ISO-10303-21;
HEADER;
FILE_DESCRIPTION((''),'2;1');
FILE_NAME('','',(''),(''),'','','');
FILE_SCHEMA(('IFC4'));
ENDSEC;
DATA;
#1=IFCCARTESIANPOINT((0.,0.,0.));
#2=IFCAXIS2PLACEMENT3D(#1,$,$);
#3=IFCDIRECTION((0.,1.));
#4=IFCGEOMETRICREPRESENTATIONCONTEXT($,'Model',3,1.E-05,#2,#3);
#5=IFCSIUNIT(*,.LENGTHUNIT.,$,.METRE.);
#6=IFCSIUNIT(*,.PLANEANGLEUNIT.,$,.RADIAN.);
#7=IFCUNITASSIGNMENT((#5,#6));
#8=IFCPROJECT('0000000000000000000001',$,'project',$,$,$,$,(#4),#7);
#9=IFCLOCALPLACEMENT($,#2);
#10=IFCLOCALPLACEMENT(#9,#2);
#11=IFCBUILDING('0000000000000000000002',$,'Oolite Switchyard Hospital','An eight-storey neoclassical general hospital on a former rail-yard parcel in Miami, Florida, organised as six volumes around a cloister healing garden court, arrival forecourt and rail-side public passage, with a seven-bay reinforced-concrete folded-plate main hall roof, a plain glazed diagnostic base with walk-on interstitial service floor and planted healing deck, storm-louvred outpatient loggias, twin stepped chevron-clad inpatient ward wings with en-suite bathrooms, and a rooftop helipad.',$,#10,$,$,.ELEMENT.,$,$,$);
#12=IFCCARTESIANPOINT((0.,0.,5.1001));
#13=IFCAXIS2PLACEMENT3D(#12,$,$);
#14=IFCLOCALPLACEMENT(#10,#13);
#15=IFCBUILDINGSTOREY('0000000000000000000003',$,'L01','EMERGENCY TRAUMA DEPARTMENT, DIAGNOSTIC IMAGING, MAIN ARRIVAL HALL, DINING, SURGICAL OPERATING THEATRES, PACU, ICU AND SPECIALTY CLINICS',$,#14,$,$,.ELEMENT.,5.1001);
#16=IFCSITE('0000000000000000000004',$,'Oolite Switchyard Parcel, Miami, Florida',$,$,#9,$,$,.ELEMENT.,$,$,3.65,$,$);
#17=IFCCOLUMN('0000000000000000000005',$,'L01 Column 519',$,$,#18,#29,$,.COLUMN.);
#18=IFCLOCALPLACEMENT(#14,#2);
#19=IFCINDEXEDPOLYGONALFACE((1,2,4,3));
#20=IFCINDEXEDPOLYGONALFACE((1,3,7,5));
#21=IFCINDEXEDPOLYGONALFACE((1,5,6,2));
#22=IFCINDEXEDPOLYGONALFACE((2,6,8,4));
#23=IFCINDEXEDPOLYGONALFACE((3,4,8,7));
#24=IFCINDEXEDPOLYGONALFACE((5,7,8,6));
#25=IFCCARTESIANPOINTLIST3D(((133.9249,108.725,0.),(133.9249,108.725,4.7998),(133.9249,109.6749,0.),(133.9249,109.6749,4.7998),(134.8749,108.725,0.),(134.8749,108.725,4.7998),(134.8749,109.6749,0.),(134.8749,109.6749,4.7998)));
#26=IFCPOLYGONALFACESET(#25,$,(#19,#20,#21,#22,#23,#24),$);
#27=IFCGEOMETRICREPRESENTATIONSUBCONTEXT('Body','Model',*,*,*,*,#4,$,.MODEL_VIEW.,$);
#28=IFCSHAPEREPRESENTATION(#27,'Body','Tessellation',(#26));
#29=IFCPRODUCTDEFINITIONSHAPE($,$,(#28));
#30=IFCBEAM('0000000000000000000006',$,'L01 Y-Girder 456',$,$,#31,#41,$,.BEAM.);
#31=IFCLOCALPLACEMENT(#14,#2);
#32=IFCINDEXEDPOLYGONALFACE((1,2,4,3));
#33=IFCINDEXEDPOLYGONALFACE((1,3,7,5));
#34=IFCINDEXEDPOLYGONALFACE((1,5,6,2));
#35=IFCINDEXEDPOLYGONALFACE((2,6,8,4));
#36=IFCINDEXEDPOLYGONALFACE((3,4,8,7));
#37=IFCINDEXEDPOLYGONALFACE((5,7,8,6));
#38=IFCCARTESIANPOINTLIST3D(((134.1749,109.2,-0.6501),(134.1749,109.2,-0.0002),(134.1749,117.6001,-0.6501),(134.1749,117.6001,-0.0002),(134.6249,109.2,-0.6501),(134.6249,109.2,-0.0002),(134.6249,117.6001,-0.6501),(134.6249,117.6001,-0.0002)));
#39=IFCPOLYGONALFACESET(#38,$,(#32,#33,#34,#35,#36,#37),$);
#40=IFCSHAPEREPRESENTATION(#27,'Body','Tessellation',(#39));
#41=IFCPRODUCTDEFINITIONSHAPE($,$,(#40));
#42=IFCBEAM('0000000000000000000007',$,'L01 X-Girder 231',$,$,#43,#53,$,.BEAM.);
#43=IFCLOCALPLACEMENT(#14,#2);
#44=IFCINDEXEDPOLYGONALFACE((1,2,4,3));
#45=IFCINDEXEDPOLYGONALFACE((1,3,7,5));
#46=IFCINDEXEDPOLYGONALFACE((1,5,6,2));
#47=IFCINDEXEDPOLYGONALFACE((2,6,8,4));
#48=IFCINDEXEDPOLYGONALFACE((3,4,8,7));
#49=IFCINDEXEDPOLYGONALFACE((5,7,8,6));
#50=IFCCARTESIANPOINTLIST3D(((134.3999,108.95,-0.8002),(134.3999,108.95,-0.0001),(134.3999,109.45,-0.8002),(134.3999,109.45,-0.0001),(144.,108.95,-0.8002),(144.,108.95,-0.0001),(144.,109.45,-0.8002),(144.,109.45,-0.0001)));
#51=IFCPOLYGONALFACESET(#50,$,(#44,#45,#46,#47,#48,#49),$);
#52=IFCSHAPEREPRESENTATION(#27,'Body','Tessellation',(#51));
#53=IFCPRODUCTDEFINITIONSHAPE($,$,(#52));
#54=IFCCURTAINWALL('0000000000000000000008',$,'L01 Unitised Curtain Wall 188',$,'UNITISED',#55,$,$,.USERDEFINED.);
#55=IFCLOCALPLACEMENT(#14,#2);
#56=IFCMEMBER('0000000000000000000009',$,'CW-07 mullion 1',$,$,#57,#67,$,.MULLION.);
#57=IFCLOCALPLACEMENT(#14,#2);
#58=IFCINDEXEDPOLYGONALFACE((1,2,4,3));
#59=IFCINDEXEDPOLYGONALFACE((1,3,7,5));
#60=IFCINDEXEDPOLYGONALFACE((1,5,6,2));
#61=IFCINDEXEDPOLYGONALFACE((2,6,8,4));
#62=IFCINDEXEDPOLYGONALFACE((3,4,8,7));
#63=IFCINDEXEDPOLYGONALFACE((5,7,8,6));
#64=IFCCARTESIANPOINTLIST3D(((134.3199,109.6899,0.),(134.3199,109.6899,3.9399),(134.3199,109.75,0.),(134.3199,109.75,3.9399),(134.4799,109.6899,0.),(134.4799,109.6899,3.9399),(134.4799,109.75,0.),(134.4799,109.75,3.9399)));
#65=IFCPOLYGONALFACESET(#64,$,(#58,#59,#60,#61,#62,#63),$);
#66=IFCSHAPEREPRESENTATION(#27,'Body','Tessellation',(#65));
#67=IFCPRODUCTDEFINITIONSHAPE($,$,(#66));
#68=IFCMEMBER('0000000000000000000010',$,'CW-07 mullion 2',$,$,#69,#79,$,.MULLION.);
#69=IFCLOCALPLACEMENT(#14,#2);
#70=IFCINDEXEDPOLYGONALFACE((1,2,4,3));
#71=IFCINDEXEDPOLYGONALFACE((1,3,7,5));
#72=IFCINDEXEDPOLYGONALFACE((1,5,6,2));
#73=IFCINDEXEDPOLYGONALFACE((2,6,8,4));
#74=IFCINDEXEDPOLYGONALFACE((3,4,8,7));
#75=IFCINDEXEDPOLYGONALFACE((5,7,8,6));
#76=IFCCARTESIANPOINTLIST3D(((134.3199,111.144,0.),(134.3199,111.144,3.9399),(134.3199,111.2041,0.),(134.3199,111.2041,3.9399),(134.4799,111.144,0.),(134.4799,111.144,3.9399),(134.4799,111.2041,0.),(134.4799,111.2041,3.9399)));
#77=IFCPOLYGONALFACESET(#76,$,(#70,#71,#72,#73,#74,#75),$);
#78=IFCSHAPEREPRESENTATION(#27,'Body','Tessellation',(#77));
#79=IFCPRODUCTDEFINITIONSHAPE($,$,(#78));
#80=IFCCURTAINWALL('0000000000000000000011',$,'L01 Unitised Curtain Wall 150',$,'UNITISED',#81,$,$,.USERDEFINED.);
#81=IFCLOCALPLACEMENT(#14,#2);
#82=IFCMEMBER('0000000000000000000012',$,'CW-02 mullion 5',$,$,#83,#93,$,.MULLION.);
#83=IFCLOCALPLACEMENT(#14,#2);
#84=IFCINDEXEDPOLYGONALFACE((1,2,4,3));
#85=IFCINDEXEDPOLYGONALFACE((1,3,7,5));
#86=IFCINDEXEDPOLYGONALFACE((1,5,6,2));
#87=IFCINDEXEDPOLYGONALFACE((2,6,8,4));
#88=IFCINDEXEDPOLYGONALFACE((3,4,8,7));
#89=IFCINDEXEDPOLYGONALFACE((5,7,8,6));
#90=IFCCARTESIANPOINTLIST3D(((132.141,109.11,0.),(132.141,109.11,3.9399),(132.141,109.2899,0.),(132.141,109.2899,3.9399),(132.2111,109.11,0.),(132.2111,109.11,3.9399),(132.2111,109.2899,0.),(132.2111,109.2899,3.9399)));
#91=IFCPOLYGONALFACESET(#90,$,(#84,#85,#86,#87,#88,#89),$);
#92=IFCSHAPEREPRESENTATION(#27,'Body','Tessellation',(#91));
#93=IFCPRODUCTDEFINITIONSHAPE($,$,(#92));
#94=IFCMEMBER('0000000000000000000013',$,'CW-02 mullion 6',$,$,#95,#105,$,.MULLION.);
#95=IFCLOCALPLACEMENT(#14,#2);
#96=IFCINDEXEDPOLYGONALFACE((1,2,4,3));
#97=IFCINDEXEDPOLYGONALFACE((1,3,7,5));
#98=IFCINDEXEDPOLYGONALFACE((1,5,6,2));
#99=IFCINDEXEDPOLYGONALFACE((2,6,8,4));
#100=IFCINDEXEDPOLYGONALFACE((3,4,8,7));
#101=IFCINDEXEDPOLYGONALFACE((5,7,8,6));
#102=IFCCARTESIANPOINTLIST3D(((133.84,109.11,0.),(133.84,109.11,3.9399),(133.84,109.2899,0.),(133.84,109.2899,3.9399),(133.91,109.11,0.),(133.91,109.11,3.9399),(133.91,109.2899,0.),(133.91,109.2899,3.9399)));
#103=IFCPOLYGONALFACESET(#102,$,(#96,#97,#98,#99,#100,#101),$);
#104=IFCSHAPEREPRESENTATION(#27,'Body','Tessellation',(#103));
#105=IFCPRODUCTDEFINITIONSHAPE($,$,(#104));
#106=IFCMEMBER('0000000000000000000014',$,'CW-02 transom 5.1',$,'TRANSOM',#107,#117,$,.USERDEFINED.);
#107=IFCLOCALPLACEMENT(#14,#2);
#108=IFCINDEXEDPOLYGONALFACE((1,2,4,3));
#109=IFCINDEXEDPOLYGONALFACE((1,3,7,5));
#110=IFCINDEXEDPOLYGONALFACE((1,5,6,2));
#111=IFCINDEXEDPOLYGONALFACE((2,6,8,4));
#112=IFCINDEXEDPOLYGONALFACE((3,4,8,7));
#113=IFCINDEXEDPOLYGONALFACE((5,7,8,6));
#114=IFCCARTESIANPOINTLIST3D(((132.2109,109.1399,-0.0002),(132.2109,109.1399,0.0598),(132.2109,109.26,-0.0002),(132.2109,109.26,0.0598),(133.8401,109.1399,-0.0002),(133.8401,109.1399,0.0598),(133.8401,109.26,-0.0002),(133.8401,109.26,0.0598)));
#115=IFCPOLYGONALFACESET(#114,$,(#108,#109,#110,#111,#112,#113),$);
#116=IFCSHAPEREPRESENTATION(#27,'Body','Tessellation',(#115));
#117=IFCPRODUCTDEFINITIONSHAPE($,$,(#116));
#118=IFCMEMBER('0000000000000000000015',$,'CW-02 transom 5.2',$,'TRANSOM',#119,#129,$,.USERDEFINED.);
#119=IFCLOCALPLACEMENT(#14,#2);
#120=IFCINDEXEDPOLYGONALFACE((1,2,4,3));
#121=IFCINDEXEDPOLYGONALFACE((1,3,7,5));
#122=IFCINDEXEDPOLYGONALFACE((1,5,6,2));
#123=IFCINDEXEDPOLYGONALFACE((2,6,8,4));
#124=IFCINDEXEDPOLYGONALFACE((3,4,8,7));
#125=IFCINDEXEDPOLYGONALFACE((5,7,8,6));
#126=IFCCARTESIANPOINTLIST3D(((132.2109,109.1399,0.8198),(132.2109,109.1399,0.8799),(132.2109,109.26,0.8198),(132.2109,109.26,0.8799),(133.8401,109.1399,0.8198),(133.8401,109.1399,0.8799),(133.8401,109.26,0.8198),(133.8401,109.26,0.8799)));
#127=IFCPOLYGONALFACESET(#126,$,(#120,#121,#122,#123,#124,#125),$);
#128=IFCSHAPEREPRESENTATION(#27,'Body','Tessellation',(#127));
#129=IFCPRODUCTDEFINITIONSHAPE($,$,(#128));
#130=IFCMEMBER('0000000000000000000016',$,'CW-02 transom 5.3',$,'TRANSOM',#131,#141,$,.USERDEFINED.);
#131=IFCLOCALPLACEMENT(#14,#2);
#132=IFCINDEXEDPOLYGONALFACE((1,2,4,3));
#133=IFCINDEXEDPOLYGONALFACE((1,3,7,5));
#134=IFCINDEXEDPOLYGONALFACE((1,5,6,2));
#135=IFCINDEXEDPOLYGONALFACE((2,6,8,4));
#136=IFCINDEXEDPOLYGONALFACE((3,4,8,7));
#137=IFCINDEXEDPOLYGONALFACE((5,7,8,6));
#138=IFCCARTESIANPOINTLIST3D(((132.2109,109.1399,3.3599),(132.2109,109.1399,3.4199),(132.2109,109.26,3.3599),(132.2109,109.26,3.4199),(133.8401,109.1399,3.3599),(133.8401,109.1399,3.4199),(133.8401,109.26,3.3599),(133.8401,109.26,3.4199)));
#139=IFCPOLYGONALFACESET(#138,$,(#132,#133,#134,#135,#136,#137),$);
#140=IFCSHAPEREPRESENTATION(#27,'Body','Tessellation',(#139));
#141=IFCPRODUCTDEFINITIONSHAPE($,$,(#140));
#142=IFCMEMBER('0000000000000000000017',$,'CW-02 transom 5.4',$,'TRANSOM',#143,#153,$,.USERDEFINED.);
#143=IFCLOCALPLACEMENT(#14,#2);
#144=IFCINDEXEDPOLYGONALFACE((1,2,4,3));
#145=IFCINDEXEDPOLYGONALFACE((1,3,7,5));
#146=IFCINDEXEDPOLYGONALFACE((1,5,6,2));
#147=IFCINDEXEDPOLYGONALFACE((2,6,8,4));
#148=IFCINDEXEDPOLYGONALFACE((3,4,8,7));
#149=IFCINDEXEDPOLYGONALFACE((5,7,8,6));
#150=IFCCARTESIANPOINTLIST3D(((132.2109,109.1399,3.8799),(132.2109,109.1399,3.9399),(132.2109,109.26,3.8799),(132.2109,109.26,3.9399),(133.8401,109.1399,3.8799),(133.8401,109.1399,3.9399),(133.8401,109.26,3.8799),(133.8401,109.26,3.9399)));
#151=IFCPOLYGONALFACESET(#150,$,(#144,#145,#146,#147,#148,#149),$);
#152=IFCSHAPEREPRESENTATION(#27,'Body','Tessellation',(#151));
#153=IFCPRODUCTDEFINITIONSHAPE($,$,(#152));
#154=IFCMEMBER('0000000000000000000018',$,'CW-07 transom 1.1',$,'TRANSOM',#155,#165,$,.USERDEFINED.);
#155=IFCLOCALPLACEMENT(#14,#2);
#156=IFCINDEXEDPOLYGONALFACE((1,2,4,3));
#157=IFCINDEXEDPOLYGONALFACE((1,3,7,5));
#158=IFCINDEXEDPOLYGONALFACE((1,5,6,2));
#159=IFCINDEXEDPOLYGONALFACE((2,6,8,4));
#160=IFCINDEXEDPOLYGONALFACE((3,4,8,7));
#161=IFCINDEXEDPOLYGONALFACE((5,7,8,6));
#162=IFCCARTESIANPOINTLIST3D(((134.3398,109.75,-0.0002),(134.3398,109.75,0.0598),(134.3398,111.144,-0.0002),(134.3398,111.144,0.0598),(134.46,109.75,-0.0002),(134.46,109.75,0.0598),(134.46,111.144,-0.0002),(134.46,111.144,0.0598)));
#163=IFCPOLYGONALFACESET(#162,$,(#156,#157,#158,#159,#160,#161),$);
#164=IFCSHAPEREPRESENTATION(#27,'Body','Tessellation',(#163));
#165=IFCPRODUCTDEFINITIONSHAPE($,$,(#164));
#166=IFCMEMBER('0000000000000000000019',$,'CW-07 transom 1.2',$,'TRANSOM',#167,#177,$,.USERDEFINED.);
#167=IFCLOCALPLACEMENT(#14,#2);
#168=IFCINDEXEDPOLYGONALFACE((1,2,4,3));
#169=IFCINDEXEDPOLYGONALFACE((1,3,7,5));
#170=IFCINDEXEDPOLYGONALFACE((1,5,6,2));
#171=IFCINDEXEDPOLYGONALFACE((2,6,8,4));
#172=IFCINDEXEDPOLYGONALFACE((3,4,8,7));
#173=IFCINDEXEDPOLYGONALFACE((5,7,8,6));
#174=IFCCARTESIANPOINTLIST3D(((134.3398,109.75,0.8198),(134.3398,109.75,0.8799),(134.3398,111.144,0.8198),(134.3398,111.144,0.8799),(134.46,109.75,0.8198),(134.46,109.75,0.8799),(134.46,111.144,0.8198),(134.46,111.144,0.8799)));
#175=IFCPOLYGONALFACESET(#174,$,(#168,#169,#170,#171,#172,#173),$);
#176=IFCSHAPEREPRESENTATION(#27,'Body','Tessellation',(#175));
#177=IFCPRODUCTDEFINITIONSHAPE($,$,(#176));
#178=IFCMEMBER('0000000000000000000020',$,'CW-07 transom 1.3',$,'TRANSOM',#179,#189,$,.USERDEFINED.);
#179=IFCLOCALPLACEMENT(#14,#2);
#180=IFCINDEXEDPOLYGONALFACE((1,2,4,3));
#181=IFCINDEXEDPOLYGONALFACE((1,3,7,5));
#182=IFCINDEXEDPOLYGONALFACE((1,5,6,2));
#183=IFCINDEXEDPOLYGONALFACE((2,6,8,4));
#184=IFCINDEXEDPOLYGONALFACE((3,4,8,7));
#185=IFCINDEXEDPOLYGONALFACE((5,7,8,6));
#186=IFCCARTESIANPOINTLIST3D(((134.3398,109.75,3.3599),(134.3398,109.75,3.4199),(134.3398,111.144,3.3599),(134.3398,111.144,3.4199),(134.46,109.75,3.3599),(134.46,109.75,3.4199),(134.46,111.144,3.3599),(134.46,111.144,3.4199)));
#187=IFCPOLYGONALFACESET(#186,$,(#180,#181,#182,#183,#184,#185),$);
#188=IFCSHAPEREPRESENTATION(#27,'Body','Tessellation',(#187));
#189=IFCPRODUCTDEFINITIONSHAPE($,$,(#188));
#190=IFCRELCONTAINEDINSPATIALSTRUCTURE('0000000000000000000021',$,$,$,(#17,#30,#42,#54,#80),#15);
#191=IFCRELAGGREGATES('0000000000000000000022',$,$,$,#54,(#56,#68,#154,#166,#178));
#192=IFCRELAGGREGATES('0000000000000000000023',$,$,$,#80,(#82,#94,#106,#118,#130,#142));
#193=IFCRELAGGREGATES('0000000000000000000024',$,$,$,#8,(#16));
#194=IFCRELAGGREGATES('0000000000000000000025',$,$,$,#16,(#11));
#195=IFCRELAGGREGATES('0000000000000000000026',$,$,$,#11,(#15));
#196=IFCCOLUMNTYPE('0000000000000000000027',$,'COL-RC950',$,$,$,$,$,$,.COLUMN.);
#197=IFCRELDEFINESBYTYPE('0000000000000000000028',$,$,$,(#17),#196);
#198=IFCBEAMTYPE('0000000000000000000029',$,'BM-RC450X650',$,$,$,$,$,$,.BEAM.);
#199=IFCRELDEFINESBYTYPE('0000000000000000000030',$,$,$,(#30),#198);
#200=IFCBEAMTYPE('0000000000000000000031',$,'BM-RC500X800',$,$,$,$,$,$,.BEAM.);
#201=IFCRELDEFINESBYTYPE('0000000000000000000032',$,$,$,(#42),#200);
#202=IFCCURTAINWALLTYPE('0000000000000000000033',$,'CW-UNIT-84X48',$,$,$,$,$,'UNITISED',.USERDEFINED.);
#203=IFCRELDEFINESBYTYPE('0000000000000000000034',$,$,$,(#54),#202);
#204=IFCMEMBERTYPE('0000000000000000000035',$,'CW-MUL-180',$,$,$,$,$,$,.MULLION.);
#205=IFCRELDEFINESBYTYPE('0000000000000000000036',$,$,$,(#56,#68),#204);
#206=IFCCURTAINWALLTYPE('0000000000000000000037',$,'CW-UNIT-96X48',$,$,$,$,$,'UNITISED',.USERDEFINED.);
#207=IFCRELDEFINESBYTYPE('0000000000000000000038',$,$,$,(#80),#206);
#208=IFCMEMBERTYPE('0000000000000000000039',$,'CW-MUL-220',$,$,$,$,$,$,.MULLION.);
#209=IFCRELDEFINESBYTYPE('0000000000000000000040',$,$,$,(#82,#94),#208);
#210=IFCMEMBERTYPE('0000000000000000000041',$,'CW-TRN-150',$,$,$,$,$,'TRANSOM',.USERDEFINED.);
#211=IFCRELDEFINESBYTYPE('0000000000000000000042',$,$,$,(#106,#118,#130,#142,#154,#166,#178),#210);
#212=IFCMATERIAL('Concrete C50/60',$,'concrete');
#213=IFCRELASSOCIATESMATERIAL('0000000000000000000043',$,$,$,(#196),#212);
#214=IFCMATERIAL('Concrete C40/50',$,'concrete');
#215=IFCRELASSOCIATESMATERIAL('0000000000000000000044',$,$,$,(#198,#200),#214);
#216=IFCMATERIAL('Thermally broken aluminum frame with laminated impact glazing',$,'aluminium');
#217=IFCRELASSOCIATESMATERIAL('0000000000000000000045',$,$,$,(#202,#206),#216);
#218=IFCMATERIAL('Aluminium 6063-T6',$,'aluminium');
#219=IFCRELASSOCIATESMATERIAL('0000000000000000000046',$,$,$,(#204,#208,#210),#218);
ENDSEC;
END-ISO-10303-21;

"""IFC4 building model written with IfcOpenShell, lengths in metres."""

from ifc_helpers import new_model, si_unit, direction, frame, origin, origin_2d, place, context, subcontext, project, spatial, rectangle, extrude, material, material_profile, profile_set, type_object, element, aggregate, save


model = new_model("IFC4")

# Units and contexts
model_context = context("Model", 3, precision=1e-05, world=origin(), true_north=direction((0.0, 1.0)))
body_context = subcontext(model_context, "Body", "Model", "MODEL_VIEW")
ifc_project = project(units=[si_unit("LENGTHUNIT", "METRE"), si_unit("PLANEANGLEUNIT", "RADIAN")], contexts=[model_context])

# Site, building, storey
site_placement = place(None, origin())
site = spatial("IfcSite", under=ifc_project, at=site_placement, Name="Oolite Switchyard Parcel, Miami, Florida", CompositionType="ELEMENT", RefElevation=3.65)
building_placement = place(site_placement, origin())
building = spatial("IfcBuilding", under=site, at=building_placement, Name="Oolite Switchyard Hospital", Description="An eight-storey neoclassical general hospital on a former rail-yard parcel in Miami, Florida, organised as six volumes around a cloister healing garden court, arrival forecourt and rail-side public passage, with a seven-bay reinforced-concrete folded-plate main hall roof, a plain glazed diagnostic base with walk-on interstitial service floor and planted healing deck, storm-louvred outpatient loggias, twin stepped chevron-clad inpatient ward wings with en-suite bathrooms, and a rooftop helipad.", CompositionType="ELEMENT")
storey_placement = place(building_placement, frame((0.0, 0.0, 5.1001)))
storey = spatial("IfcBuildingStorey", under=building, at=storey_placement, Name="L01", Description="EMERGENCY TRAUMA DEPARTMENT, DIAGNOSTIC IMAGING, MAIN ARRIVAL HALL, DINING, SURGICAL OPERATING THEATRES, PACU, ICU AND SPECIALTY CLINICS", CompositionType="ELEMENT", Elevation=5.1001)

# Column
ifc_material_1 = material(Name="Concrete C50/60", Category="concrete")
ifc_material_profile_1 = material_profile(ifc_material_1, rectangle(XDim=0.95, YDim=0.95, at=origin_2d()), Name="RC950X950")
ifc_profile_set_1 = profile_set([ifc_material_profile_1], Name="Concrete C50/60")
column_type = type_object("IfcColumnType", Name="COL-RC950", PredefinedType="COLUMN", material=ifc_profile_set_1)
column_placement = place(storey_placement, frame((134.3999, 109.2, 0.0), z_axis=(0.0, 0.0, 1.0), x_axis=(1.0, 0.0, 0.0)))
element("IfcColumn", 1, at=column_placement, inside=storey, type_object=column_type, Name="L01 Column 519", PredefinedType="COLUMN", context=body_context, shape_type="SweptSolid", body=[
    extrude(rectangle(XDim=0.95, YDim=0.95, at=origin_2d()), origin(), (0.0, 0.0, 1.0), 4.7998),
])

# Beams
ifc_material_2 = material(Name="Concrete C40/50", Category="concrete")
ifc_material_profile_2 = material_profile(ifc_material_2, rectangle(XDim=0.45, YDim=0.6499, at=origin_2d()), Name="RCB450X650")
ifc_profile_set_2 = profile_set([ifc_material_profile_2], Name="Concrete C40/50")
beam_type_1 = type_object("IfcBeamType", Name="BM-RC450X650", PredefinedType="BEAM", material=ifc_profile_set_2)
beam_1_placement = place(storey_placement, frame((134.3999, 109.2, -0.3252), z_axis=(0.0, 1.0, 0.0), x_axis=(-1.0, 0.0, 0.0)))
element("IfcBeam", 2, at=beam_1_placement, inside=storey, type_object=beam_type_1, Name="L01 Y-Girder 456", PredefinedType="BEAM", context=body_context, shape_type="SweptSolid", body=[
    extrude(rectangle(XDim=0.45, YDim=0.6499, at=origin_2d()), origin(), (0.0, 0.0, 1.0), 8.4001),
])
ifc_material_profile_3 = material_profile(ifc_material_2, rectangle(XDim=0.5, YDim=0.8, at=origin_2d()), Name="RCB500X800")
ifc_profile_set_3 = profile_set([ifc_material_profile_3], Name="Concrete C40/50")
beam_type_2 = type_object("IfcBeamType", Name="BM-RC500X800", PredefinedType="BEAM", material=ifc_profile_set_3)
beam_2_placement = place(storey_placement, frame((134.3999, 109.2, -0.4001), z_axis=(1.0, 0.0, 0.0), x_axis=(0.0, 1.0, 0.0)))
element("IfcBeam", 3, at=beam_2_placement, inside=storey, type_object=beam_type_2, Name="L01 X-Girder 231", PredefinedType="BEAM", context=body_context, shape_type="SweptSolid", body=[
    extrude(rectangle(XDim=0.5, YDim=0.8, at=origin_2d()), origin(), (0.0, 0.0, 1.0), 9.6001),
])

# Curtain walls, members
ifc_material_3 = material(Name="Thermally broken aluminum frame with laminated impact glazing", Category="aluminium")
curtain_wall_type_1 = type_object("IfcCurtainWallType", Name="CW-UNIT-84X48", ElementType="UNITISED", PredefinedType="USERDEFINED", material=ifc_material_3)
curtain_wall_1_placement = place(storey_placement, origin())
curtain_wall_1 = element("IfcCurtainWall", 4, at=curtain_wall_1_placement, inside=storey, type_object=curtain_wall_type_1, Name="L01 Unitised Curtain Wall 188", ObjectType="UNITISED", PredefinedType="USERDEFINED")
ifc_material_4 = material(Name="Aluminium 6063-T6", Category="aluminium")
ifc_material_profile_4 = material_profile(ifc_material_4, rectangle(XDim=0.1599, YDim=0.0601, at=origin_2d()), Name="CWM60X160")
ifc_profile_set_4 = profile_set([ifc_material_profile_4], Name="Aluminium 6063-T6")
member_type_1 = type_object("IfcMemberType", Name="CW-MUL-180", PredefinedType="MULLION", material=ifc_profile_set_4)
member_1_placement = place(storey_placement, frame((134.3999, 109.72, 0.0), z_axis=(0.0, 0.0, 1.0), x_axis=(-1.0, 0.0, 0.0)))
member_1 = element("IfcMember", 5, at=member_1_placement, type_object=member_type_1, Name="CW-07 mullion 1", PredefinedType="MULLION", context=body_context, shape_type="SweptSolid", body=[
    extrude(rectangle(XDim=0.1599, YDim=0.0601, at=origin_2d()), origin(), (0.0, 0.0, 1.0), 3.9399),
])
member_2_placement = place(storey_placement, frame((134.3999, 111.1741, 0.0), z_axis=(0.0, 0.0, 1.0), x_axis=(-1.0, 0.0, 0.0)))
member_2 = element("IfcMember", 6, at=member_2_placement, type_object=member_type_1, Name="CW-07 mullion 2", PredefinedType="MULLION", context=body_context, shape_type="SweptSolid", body=[
    extrude(rectangle(XDim=0.1599, YDim=0.0601, at=origin_2d()), origin(), (0.0, 0.0, 1.0), 3.9399),
])
curtain_wall_type_2 = type_object("IfcCurtainWallType", Name="CW-UNIT-96X48", ElementType="UNITISED", PredefinedType="USERDEFINED", material=ifc_material_3)
curtain_wall_2_placement = place(storey_placement, origin())
curtain_wall_2 = element("IfcCurtainWall", 7, at=curtain_wall_2_placement, inside=storey, type_object=curtain_wall_type_2, Name="L01 Unitised Curtain Wall 150", ObjectType="UNITISED", PredefinedType="USERDEFINED")
ifc_material_profile_5 = material_profile(ifc_material_4, rectangle(XDim=0.1799, YDim=0.0701, at=origin_2d()), Name="CWM70X180")
ifc_profile_set_5 = profile_set([ifc_material_profile_5], Name="Aluminium 6063-T6")
member_type_2 = type_object("IfcMemberType", Name="CW-MUL-220", PredefinedType="MULLION", material=ifc_profile_set_5)
member_3_placement = place(storey_placement, frame((132.176, 109.2, 0.0), z_axis=(0.0, 0.0, 1.0), x_axis=(0.0, 1.0, 0.0)))
member_3 = element("IfcMember", 8, at=member_3_placement, type_object=member_type_2, Name="CW-02 mullion 5", PredefinedType="MULLION", context=body_context, shape_type="SweptSolid", body=[
    extrude(rectangle(XDim=0.1799, YDim=0.0701, at=origin_2d()), origin(), (0.0, 0.0, 1.0), 3.9399),
])
member_4_placement = place(storey_placement, frame((133.875, 109.2, 0.0), z_axis=(0.0, 0.0, 1.0), x_axis=(0.0, 1.0, 0.0)))
member_4 = element("IfcMember", 9, at=member_4_placement, type_object=member_type_2, Name="CW-02 mullion 6", PredefinedType="MULLION", context=body_context, shape_type="SweptSolid", body=[
    extrude(rectangle(XDim=0.1799, YDim=0.0701, at=origin_2d()), origin(), (0.0, 0.0, 1.0), 3.9399),
])
ifc_material_profile_6 = material_profile(ifc_material_4, rectangle(XDim=0.1201, YDim=0.0601, at=origin_2d()), Name="CWT60X120")
ifc_profile_set_6 = profile_set([ifc_material_profile_6], Name="Aluminium 6063-T6")
member_type_3 = type_object("IfcMemberType", Name="CW-TRN-150", ElementType="TRANSOM", PredefinedType="USERDEFINED", material=ifc_profile_set_6)
member_5_placement = place(storey_placement, frame((132.2109, 109.2, 0.0298), z_axis=(1.0, 0.0, 0.0), x_axis=(0.0, 1.0, 0.0)))
member_5 = element("IfcMember", 10, at=member_5_placement, type_object=member_type_3, Name="CW-02 transom 5.1", ObjectType="TRANSOM", PredefinedType="USERDEFINED", context=body_context, shape_type="SweptSolid", body=[
    extrude(rectangle(XDim=0.1201, YDim=0.0601, at=origin_2d()), origin(), (0.0, 0.0, 1.0), 1.6292),
])
member_6_placement = place(storey_placement, frame((132.2109, 109.2, 0.8499), z_axis=(1.0, 0.0, 0.0), x_axis=(0.0, 1.0, 0.0)))
member_6 = element("IfcMember", 11, at=member_6_placement, type_object=member_type_3, Name="CW-02 transom 5.2", ObjectType="TRANSOM", PredefinedType="USERDEFINED", context=body_context, shape_type="SweptSolid", body=[
    extrude(rectangle(XDim=0.1201, YDim=0.0601, at=origin_2d()), origin(), (0.0, 0.0, 1.0), 1.6292),
])
member_7_placement = place(storey_placement, frame((132.2109, 109.2, 3.3899), z_axis=(1.0, 0.0, 0.0), x_axis=(0.0, 1.0, 0.0)))
member_7 = element("IfcMember", 12, at=member_7_placement, type_object=member_type_3, Name="CW-02 transom 5.3", ObjectType="TRANSOM", PredefinedType="USERDEFINED", context=body_context, shape_type="SweptSolid", body=[
    extrude(rectangle(XDim=0.1201, YDim=0.0601, at=origin_2d()), origin(), (0.0, 0.0, 1.0), 1.6292),
])
member_8_placement = place(storey_placement, frame((132.2109, 109.2, 3.9099), z_axis=(1.0, 0.0, 0.0), x_axis=(0.0, 1.0, 0.0)))
member_8 = element("IfcMember", 13, at=member_8_placement, type_object=member_type_3, Name="CW-02 transom 5.4", ObjectType="TRANSOM", PredefinedType="USERDEFINED", context=body_context, shape_type="SweptSolid", body=[
    extrude(rectangle(XDim=0.1201, YDim=0.0601, at=origin_2d()), origin(), (0.0, 0.0, 1.0), 1.6292),
])

# Members
member_9_placement = place(storey_placement, frame((134.3999, 109.75, 0.0298), z_axis=(0.0, 1.0, 0.0), x_axis=(-1.0, 0.0, 0.0)))
member_9 = element("IfcMember", 14, at=member_9_placement, type_object=member_type_3, Name="CW-07 transom 1.1", ObjectType="TRANSOM", PredefinedType="USERDEFINED", context=body_context, shape_type="SweptSolid", body=[
    extrude(rectangle(XDim=0.1201, YDim=0.0601, at=origin_2d()), origin(), (0.0, 0.0, 1.0), 1.394),
])
member_10_placement = place(storey_placement, frame((134.3999, 109.75, 0.8499), z_axis=(0.0, 1.0, 0.0), x_axis=(-1.0, 0.0, 0.0)))
member_10 = element("IfcMember", 15, at=member_10_placement, type_object=member_type_3, Name="CW-07 transom 1.2", ObjectType="TRANSOM", PredefinedType="USERDEFINED", context=body_context, shape_type="SweptSolid", body=[
    extrude(rectangle(XDim=0.1201, YDim=0.0601, at=origin_2d()), origin(), (0.0, 0.0, 1.0), 1.394),
])
member_11_placement = place(storey_placement, frame((134.3999, 109.75, 3.3899), z_axis=(0.0, 1.0, 0.0), x_axis=(-1.0, 0.0, 0.0)))
member_11 = element("IfcMember", 16, at=member_11_placement, type_object=member_type_3, Name="CW-07 transom 1.3", ObjectType="TRANSOM", PredefinedType="USERDEFINED", context=body_context, shape_type="SweptSolid", body=[
    extrude(rectangle(XDim=0.1201, YDim=0.0601, at=origin_2d()), origin(), (0.0, 0.0, 1.0), 1.394),
])

aggregate(curtain_wall_1, [member_1, member_2, member_9, member_10, member_11])
aggregate(curtain_wall_2, [member_3, member_4, member_5, member_6, member_7, member_8])

save(model, "model.ifc")
